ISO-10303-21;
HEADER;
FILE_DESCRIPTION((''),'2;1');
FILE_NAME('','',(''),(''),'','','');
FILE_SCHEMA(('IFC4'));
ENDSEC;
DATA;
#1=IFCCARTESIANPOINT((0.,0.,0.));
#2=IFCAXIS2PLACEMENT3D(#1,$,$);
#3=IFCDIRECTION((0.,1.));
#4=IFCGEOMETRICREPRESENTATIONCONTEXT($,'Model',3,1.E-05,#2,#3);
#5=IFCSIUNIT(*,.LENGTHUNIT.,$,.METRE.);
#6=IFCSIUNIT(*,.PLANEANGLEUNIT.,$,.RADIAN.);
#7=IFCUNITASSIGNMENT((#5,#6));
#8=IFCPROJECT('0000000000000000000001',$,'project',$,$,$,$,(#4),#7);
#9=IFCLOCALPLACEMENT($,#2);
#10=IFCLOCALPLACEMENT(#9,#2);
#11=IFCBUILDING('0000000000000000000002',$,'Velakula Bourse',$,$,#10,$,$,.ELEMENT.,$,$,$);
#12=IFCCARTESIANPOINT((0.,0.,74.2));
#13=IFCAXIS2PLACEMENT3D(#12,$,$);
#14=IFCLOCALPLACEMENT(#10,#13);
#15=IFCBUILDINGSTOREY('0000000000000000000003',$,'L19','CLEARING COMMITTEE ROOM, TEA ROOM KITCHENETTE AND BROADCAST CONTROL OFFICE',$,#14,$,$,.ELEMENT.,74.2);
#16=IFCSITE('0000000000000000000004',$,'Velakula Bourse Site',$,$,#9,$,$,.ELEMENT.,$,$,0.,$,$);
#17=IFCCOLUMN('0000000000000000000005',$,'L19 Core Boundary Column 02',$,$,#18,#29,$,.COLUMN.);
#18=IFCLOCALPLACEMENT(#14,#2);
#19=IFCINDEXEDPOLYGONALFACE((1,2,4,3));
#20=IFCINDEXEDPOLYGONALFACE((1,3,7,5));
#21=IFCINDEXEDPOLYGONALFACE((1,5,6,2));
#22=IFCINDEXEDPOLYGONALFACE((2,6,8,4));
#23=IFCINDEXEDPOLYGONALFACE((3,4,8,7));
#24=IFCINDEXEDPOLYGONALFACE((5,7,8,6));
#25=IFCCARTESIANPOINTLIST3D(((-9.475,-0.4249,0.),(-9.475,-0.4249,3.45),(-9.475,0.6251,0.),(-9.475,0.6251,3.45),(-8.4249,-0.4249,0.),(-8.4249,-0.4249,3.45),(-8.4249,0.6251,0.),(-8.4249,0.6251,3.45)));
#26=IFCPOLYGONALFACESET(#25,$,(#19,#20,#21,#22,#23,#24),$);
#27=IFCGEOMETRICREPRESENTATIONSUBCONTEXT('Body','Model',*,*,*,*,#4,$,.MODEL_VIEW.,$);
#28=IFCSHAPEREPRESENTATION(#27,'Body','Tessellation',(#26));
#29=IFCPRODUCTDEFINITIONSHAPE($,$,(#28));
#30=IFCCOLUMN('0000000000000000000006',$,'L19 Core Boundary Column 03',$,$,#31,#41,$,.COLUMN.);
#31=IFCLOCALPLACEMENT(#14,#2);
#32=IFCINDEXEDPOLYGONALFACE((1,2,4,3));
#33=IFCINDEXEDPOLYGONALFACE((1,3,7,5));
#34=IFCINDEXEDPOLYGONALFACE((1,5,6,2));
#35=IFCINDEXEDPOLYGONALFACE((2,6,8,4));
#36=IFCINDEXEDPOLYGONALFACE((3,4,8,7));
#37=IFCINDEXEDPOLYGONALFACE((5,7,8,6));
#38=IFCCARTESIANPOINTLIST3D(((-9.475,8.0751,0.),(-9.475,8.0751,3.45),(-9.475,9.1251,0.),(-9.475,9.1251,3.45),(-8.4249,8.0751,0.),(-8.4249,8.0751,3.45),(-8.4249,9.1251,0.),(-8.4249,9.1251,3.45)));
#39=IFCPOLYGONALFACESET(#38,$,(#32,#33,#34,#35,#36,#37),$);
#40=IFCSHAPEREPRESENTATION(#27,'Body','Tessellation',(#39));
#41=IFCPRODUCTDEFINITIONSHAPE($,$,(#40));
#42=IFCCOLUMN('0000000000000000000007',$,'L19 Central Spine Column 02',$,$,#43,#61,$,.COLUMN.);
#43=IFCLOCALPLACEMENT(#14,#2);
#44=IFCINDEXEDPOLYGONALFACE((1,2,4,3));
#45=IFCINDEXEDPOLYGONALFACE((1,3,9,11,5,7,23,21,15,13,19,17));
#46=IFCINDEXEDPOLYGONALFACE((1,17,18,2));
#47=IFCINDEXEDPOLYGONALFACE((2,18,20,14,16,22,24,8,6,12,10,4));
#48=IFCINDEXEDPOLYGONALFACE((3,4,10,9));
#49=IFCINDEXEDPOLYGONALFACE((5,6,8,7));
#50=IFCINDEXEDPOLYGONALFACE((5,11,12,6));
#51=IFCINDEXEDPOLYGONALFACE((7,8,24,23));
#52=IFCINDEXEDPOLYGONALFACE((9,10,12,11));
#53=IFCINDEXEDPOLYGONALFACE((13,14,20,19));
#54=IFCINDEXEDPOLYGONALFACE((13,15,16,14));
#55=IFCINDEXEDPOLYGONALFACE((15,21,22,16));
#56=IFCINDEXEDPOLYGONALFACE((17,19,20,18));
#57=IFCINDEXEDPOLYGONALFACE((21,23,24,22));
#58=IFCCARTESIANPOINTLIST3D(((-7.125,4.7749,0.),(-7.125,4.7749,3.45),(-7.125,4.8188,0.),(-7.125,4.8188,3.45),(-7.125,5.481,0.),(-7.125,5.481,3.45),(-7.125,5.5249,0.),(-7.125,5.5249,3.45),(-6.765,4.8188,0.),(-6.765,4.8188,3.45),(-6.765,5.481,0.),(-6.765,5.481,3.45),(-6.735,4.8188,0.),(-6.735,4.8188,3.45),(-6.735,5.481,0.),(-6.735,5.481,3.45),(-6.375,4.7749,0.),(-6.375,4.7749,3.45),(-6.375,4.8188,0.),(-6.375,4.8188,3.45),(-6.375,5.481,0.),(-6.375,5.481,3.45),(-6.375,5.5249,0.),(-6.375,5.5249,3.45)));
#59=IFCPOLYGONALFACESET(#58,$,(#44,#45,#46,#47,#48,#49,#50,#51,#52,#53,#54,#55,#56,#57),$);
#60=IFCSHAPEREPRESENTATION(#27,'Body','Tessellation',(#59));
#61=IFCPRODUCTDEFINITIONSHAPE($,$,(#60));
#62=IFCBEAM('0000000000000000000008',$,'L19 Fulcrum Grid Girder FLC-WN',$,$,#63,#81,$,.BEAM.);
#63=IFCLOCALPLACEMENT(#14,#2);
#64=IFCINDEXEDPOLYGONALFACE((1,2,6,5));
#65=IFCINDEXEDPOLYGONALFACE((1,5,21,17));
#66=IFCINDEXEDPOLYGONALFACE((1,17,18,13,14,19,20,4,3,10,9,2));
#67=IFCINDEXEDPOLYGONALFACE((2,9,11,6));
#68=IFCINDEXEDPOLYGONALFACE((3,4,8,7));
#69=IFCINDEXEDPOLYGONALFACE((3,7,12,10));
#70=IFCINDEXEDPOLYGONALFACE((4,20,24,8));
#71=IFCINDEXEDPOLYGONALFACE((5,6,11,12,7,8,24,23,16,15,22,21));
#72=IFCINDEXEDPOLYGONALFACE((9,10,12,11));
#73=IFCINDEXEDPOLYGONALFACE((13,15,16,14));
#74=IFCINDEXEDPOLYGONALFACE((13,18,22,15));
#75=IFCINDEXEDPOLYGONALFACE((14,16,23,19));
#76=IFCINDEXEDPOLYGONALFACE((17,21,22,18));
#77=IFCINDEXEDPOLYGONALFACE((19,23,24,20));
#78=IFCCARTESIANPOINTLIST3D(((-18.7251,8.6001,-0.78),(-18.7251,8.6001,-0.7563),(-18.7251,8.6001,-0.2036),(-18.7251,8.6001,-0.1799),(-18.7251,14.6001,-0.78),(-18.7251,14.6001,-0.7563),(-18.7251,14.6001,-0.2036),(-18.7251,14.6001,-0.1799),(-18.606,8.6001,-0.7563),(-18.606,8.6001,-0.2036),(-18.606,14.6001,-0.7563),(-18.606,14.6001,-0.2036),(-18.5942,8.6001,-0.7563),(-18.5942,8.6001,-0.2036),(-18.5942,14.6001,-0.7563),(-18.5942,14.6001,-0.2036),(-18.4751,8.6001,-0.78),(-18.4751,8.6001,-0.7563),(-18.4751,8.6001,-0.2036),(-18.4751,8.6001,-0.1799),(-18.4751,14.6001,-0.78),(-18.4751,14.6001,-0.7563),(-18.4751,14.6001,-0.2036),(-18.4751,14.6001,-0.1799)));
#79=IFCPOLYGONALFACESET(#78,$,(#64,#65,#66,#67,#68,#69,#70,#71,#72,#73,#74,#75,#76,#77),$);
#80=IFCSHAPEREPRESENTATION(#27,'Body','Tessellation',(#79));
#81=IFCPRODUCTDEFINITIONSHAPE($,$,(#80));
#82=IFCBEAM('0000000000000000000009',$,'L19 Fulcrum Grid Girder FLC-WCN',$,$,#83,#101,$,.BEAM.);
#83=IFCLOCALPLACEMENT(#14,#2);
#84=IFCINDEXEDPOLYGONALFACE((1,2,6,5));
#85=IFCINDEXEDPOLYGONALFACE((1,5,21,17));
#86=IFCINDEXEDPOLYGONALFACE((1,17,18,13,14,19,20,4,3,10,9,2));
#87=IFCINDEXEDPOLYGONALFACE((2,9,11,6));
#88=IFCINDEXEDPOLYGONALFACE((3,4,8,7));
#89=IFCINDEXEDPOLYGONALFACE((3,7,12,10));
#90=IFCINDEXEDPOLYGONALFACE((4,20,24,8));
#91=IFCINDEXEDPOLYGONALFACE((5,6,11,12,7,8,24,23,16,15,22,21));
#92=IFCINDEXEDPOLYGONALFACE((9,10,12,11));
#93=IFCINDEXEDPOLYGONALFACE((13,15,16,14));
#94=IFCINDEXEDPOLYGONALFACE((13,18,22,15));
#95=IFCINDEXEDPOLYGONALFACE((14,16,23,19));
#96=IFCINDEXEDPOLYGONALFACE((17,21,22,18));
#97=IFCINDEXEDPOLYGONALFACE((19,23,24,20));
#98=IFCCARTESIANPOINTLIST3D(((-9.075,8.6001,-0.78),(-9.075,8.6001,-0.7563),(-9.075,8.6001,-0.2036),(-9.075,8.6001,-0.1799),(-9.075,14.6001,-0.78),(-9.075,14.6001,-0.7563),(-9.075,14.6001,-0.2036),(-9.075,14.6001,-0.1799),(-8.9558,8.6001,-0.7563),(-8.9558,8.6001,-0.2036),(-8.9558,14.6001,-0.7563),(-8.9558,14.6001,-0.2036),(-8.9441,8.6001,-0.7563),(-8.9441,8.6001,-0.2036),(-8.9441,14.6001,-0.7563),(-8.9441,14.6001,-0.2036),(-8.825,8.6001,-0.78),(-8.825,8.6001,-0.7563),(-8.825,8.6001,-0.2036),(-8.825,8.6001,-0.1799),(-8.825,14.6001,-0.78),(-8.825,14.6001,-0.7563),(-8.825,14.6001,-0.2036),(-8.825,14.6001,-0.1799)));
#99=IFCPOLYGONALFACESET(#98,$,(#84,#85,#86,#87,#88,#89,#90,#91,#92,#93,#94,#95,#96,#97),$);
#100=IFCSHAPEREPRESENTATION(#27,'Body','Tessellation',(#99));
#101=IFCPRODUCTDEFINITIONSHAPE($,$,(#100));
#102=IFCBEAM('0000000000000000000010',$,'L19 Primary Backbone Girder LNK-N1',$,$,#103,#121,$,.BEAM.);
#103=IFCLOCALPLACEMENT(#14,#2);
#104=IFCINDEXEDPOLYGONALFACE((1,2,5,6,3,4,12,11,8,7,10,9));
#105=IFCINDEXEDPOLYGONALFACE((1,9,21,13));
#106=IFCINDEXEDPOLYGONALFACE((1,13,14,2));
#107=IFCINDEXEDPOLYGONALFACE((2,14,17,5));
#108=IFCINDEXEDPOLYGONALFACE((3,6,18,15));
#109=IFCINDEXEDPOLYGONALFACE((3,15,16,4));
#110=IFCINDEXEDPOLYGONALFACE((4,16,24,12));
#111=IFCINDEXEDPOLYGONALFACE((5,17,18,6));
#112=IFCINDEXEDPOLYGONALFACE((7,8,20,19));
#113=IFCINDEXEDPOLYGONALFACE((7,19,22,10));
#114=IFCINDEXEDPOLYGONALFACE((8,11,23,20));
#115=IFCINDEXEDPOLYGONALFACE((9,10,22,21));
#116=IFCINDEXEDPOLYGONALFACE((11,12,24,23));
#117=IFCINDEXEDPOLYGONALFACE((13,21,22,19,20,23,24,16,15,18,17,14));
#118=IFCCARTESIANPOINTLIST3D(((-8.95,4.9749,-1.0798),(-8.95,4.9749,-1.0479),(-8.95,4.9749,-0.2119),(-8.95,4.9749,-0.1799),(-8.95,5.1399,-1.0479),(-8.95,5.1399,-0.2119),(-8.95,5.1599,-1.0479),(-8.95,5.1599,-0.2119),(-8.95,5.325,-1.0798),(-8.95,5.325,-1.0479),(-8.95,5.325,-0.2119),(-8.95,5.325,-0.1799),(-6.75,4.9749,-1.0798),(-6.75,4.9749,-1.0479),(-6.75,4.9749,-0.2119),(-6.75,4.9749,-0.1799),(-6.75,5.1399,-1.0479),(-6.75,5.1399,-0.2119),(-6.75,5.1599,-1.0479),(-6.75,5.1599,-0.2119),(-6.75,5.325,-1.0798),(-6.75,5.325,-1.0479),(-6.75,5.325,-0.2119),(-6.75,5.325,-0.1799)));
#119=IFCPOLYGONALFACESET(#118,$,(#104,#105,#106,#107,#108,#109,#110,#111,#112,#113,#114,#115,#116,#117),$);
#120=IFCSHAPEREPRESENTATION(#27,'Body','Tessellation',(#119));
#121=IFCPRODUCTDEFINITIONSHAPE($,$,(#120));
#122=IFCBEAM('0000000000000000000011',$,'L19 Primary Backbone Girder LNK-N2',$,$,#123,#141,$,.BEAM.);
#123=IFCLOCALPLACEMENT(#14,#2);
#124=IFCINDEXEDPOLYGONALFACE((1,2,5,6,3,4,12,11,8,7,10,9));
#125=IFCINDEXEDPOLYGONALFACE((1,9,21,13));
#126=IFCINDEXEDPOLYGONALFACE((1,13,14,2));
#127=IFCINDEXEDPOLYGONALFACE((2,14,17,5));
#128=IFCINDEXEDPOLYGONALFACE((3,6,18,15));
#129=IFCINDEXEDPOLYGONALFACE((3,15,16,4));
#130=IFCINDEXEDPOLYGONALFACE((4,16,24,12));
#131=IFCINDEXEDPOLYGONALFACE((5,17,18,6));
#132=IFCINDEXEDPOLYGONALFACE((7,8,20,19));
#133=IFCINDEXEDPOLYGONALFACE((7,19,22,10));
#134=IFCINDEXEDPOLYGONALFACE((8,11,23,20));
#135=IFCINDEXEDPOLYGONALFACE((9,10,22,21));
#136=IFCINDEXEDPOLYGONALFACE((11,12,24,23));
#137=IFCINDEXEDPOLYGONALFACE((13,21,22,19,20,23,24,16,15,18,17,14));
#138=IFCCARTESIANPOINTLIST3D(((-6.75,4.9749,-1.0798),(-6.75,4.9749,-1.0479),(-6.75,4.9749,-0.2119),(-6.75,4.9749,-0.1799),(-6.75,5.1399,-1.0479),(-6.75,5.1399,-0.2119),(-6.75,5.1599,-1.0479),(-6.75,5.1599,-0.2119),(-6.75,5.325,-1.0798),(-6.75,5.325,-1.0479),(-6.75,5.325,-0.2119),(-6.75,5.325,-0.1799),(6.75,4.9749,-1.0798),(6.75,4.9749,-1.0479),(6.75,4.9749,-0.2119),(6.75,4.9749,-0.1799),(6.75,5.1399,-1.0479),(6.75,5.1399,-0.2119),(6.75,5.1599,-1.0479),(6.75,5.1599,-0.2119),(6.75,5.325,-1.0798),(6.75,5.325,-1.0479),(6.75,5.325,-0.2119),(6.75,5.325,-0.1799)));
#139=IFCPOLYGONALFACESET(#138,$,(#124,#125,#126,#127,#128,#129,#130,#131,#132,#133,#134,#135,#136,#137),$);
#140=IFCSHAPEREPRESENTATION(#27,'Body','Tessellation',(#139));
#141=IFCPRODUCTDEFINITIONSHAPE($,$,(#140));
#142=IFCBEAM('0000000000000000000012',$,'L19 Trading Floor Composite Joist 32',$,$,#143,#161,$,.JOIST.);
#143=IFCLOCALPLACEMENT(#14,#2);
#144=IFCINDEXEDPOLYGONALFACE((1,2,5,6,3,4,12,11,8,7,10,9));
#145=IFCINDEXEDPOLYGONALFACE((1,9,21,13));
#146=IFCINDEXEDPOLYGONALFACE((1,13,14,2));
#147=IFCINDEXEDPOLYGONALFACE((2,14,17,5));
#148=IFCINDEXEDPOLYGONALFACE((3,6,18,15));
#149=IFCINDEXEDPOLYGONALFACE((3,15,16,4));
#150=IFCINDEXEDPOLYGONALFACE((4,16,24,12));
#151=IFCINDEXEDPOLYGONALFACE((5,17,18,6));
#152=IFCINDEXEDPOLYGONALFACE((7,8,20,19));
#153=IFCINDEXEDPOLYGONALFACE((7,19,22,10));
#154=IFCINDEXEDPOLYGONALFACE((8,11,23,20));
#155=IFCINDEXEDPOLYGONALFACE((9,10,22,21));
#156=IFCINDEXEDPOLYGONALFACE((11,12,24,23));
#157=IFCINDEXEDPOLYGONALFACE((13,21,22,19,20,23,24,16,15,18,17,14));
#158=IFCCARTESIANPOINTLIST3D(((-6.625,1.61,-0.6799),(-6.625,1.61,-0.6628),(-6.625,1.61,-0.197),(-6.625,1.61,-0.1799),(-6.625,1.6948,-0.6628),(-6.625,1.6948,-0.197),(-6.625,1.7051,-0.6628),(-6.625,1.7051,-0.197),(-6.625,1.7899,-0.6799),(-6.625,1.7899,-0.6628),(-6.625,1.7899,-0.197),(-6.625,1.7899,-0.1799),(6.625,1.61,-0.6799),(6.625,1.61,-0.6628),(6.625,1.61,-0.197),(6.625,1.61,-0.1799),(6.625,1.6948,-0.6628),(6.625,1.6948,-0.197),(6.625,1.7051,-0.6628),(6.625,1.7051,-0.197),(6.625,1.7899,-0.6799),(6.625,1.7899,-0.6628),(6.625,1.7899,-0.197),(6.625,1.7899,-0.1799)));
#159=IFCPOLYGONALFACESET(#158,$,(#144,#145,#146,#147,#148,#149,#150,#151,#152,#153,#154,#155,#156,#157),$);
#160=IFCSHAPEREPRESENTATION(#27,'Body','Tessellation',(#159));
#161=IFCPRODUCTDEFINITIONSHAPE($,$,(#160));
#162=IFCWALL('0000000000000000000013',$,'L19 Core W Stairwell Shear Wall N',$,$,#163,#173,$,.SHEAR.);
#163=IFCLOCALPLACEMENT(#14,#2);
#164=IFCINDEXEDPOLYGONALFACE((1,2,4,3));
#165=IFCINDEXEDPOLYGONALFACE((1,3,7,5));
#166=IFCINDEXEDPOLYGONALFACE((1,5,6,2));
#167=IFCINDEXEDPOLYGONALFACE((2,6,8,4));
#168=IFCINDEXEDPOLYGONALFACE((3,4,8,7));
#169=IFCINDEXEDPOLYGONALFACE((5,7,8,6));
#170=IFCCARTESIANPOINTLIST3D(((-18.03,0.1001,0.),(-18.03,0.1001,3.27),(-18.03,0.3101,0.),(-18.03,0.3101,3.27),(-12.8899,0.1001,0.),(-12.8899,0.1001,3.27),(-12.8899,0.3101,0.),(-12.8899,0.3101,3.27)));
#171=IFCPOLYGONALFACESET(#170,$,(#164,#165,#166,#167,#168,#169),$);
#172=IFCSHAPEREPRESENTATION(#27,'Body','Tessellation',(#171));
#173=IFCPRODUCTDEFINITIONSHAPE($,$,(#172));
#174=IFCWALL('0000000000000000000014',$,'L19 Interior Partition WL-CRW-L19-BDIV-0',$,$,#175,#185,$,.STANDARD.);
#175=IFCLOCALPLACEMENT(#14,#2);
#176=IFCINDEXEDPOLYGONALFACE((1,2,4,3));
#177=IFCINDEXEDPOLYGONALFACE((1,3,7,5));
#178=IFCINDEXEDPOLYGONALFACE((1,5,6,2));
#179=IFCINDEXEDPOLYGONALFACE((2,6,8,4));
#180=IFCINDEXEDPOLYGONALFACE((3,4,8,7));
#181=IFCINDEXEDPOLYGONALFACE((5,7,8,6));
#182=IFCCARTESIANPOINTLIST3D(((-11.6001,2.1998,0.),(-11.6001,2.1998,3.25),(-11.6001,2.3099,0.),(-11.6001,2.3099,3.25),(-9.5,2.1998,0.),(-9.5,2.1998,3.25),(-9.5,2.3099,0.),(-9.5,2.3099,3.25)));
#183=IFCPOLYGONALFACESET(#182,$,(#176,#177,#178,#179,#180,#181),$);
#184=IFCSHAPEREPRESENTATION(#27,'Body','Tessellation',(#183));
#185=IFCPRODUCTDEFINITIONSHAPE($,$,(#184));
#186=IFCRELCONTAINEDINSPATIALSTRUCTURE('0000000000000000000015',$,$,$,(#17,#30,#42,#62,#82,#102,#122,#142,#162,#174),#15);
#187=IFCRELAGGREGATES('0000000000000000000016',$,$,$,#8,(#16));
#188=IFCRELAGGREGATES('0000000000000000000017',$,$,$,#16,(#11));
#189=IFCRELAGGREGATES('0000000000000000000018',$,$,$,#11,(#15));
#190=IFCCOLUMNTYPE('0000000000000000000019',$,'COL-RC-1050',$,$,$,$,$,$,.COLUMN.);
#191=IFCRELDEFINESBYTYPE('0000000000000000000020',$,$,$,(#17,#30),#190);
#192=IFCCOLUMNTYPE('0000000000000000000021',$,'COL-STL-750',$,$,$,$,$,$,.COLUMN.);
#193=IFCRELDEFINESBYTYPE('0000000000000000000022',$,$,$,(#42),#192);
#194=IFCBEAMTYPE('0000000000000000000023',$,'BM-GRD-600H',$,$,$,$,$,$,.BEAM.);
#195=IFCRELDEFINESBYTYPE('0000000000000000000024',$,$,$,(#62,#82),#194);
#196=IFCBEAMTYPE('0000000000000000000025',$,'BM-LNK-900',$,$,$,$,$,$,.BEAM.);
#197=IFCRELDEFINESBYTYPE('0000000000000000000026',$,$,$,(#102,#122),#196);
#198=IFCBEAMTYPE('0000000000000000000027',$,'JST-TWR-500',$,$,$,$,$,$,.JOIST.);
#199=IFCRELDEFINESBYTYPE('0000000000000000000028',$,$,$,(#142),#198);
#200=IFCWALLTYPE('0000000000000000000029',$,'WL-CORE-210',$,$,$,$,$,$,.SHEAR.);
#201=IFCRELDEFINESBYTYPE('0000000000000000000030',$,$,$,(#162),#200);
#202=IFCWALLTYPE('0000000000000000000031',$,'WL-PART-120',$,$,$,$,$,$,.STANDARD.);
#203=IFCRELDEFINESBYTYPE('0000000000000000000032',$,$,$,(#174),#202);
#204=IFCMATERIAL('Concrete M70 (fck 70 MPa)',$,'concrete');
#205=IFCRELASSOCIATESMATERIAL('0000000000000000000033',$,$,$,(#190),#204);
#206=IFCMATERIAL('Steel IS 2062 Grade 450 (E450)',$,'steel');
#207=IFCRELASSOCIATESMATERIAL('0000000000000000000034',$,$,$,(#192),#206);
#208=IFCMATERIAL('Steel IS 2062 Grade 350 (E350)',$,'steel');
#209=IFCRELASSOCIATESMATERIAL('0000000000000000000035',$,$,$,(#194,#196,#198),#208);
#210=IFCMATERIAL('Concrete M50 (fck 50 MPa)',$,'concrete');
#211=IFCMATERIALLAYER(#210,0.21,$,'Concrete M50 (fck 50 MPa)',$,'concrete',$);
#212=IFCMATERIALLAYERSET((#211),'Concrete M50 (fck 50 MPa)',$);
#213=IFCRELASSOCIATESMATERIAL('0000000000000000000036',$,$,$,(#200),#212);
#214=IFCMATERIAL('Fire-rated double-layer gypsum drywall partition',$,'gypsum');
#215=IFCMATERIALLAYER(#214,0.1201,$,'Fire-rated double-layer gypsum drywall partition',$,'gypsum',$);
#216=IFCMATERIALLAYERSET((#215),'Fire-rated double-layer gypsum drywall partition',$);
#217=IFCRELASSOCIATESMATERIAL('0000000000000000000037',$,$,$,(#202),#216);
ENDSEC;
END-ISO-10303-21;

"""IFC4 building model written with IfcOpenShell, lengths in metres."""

from ifc_helpers import new_model, si_unit, direction, frame, frame_2d, origin, origin_2d, place, context, subcontext, project, spatial, rectangle, i_section, extrude, material, layer, layer_set, material_profile, profile_set, type_object, element, save


model = new_model("IFC4")

# Units and contexts
model_context = context("Model", 3, precision=1e-05, world=origin(), true_north=direction((0.0, 1.0)))
body_context = subcontext(model_context, "Body", "Model", "MODEL_VIEW")
ifc_project = project(units=[si_unit("LENGTHUNIT", "METRE"), si_unit("PLANEANGLEUNIT", "RADIAN")], contexts=[model_context])

# Site, building, storey
site_placement = place(None, origin())
site = spatial("IfcSite", under=ifc_project, at=site_placement, Name="Velakula Bourse Site", CompositionType="ELEMENT", RefElevation=0.0)
building_placement = place(site_placement, origin())
building = spatial("IfcBuilding", under=site, at=building_placement, Name="Velakula Bourse", CompositionType="ELEMENT")
storey_placement = place(building_placement, frame((0.0, 0.0, 74.2)))
storey = spatial("IfcBuildingStorey", under=building, at=storey_placement, Name="L19", Description="CLEARING COMMITTEE ROOM, TEA ROOM KITCHENETTE AND BROADCAST CONTROL OFFICE", CompositionType="ELEMENT", Elevation=74.2)

# Columns
ifc_material_1 = material(Name="Concrete M70 (fck 70 MPa)", Category="concrete")
ifc_material_profile_1 = material_profile(ifc_material_1, rectangle(XDim=1.05, YDim=1.05, at=origin_2d()), Name="Concrete M70 (fck 70 MPa)")
ifc_profile_set_1 = profile_set([ifc_material_profile_1], Name="Concrete M70 (fck 70 MPa)")
column_type_1 = type_object("IfcColumnType", Name="COL-RC-1050", PredefinedType="COLUMN", material=ifc_profile_set_1)
for number, where, z_axis, x_axis, name in (
    (1, (-8.95, 0.1001, 0.0), (0.0, 0.0, 1.0), (1.0, 0.0, 0.0), "L19 Core Boundary Column 02"),
    (2, (-8.95, 8.6001, 0.0), (0.0, 0.0, 1.0), (1.0, 0.0, 0.0), "L19 Core Boundary Column 03"),
):
    element("IfcColumn", number, at=place(storey_placement, frame(where, z_axis=z_axis, x_axis=x_axis)), inside=storey, type_object=column_type_1, Name=name, PredefinedType="COLUMN", context=body_context, shape_type="SweptSolid", body=[
        extrude(rectangle(XDim=1.05, YDim=1.05, at=origin_2d()), origin(), (0.0, 0.0, 1.0), 3.45),
    ])
ifc_material_2 = material(Name="Steel IS 2062 Grade 450 (E450)", Category="steel")
ifc_material_profile_2 = material_profile(ifc_material_2, i_section(OverallWidth=0.75, OverallDepth=0.75, WebThickness=0.03, FlangeThickness=0.0439, at=origin_2d()), Name="Steel IS 2062 Grade 450 (E450)")
ifc_profile_set_2 = profile_set([ifc_material_profile_2], Name="Steel IS 2062 Grade 450 (E450)")
column_type_2 = type_object("IfcColumnType", Name="COL-STL-750", PredefinedType="COLUMN", material=ifc_profile_set_2)
column_placement = place(storey_placement, frame((-6.75, 5.1499, 0.0), z_axis=(0.0, 0.0, 1.0), x_axis=(1.0, 0.0, 0.0)))
element("IfcColumn", 3, at=column_placement, inside=storey, type_object=column_type_2, Name="L19 Central Spine Column 02", PredefinedType="COLUMN", context=body_context, shape_type="SweptSolid", body=[
    extrude(i_section(OverallWidth=0.75, OverallDepth=0.75, WebThickness=0.03, FlangeThickness=0.0439, at=origin_2d()), origin(), (0.0, 0.0, 1.0), 3.45),
])

# Beams
ifc_material_3 = material(Name="Steel IS 2062 Grade 350 (E350)", Category="steel")
ifc_material_profile_3 = material_profile(ifc_material_3, i_section(OverallWidth=0.25, OverallDepth=0.6001, WebThickness=0.0117, FlangeThickness=0.0237, at=origin_2d()), Name="Steel IS 2062 Grade 350 (E350)")
ifc_profile_set_3 = profile_set([ifc_material_profile_3], Name="Steel IS 2062 Grade 350 (E350)")
beam_type_1 = type_object("IfcBeamType", Name="BM-GRD-600H", PredefinedType="BEAM", material=ifc_profile_set_3)
for number, where, z_axis, x_axis, name in (
    (4, (-18.6001, 8.6001, -0.48), (0.0, 1.0, 0.0), (-1.0, 0.0, 0.0), "L19 Fulcrum Grid Girder FLC-WN"),
    (5, (-8.95, 8.6001, -0.48), (0.0, 1.0, 0.0), (-1.0, 0.0, 0.0), "L19 Fulcrum Grid Girder FLC-WCN"),
):
    element("IfcBeam", number, at=place(storey_placement, frame(where, z_axis=z_axis, x_axis=x_axis)), inside=storey, type_object=beam_type_1, Name=name, PredefinedType="BEAM", context=body_context, shape_type="SweptSolid", body=[
        extrude(i_section(OverallWidth=0.25, OverallDepth=0.6001, WebThickness=0.0117, FlangeThickness=0.0237, at=origin_2d()), origin(), (0.0, 0.0, 1.0), 6.0),
    ])
ifc_material_profile_4 = material_profile(ifc_material_3, i_section(OverallWidth=0.3501, OverallDepth=0.8999, WebThickness=0.02, FlangeThickness=0.032, at=origin_2d()), Name="Steel IS 2062 Grade 350 (E350)")
ifc_profile_set_4 = profile_set([ifc_material_profile_4], Name="Steel IS 2062 Grade 350 (E350)")
beam_type_2 = type_object("IfcBeamType", Name="BM-LNK-900", PredefinedType="BEAM", material=ifc_profile_set_4)
beam_1_placement = place(storey_placement, frame((-8.95, 5.1499, -0.6299), z_axis=(1.0, 0.0, 0.0), x_axis=(0.0, 1.0, 0.0)))
element("IfcBeam", 6, at=beam_1_placement, inside=storey, type_object=beam_type_2, Name="L19 Primary Backbone Girder LNK-N1", PredefinedType="BEAM", context=body_context, shape_type="SweptSolid", body=[
    extrude(i_section(OverallWidth=0.3501, OverallDepth=0.8999, WebThickness=0.02, FlangeThickness=0.032, at=origin_2d()), origin(), (0.0, 0.0, 1.0), 2.2),
])
beam_2_placement = place(storey_placement, frame((-6.75, 5.1499, -0.6299), z_axis=(1.0, 0.0, 0.0), x_axis=(0.0, 1.0, 0.0)))
element("IfcBeam", 7, at=beam_2_placement, inside=storey, type_object=beam_type_2, Name="L19 Primary Backbone Girder LNK-N2", PredefinedType="BEAM", context=body_context, shape_type="SweptSolid", body=[
    extrude(i_section(OverallWidth=0.3501, OverallDepth=0.8999, WebThickness=0.02, FlangeThickness=0.032, at=origin_2d()), origin(), (0.0, 0.0, 1.0), 13.5),
])
ifc_material_profile_5 = material_profile(ifc_material_3, i_section(OverallWidth=0.1799, OverallDepth=0.5, WebThickness=0.0103, FlangeThickness=0.0171, at=origin_2d()), Name="Steel IS 2062 Grade 350 (E350)")
ifc_profile_set_5 = profile_set([ifc_material_profile_5], Name="Steel IS 2062 Grade 350 (E350)")
beam_type_3 = type_object("IfcBeamType", Name="JST-TWR-500", PredefinedType="JOIST", material=ifc_profile_set_5)
beam_3_placement = place(storey_placement, frame((-6.625, 1.7, -0.4299), z_axis=(1.0, 0.0, 0.0), x_axis=(0.0, 1.0, 0.0)))
element("IfcBeam", 8, at=beam_3_placement, inside=storey, type_object=beam_type_3, Name="L19 Trading Floor Composite Joist 32", PredefinedType="JOIST", context=body_context, shape_type="SweptSolid", body=[
    extrude(i_section(OverallWidth=0.1799, OverallDepth=0.5, WebThickness=0.0103, FlangeThickness=0.0171, at=origin_2d()), origin(), (0.0, 0.0, 1.0), 13.25),
])

# Walls
ifc_material_4 = material(Name="Concrete M50 (fck 50 MPa)", Category="concrete")
ifc_layer_1 = layer(ifc_material_4, 0.21, Name="Concrete M50 (fck 50 MPa)", Category="concrete")
ifc_layer_set_1 = layer_set([ifc_layer_1], Name="Concrete M50 (fck 50 MPa)")
wall_type_1 = type_object("IfcWallType", Name="WL-CORE-210", PredefinedType="SHEAR", material=ifc_layer_set_1)
wall_1_placement = place(storey_placement, frame((-12.8899, 0.2051, 0.0), z_axis=(0.0, 0.0, 1.0), x_axis=(-1.0, 0.0, 0.0)))
element("IfcWall", 9, at=wall_1_placement, inside=storey, type_object=wall_type_1, Name="L19 Core W Stairwell Shear Wall N", PredefinedType="SHEAR", context=body_context, shape_type="SweptSolid", body=[
    extrude(rectangle(XDim=5.1401, YDim=0.21, at=frame_2d((2.5701, 0.0))), origin(), (0.0, 0.0, 1.0), 3.27),
])
ifc_material_5 = material(Name="Fire-rated double-layer gypsum drywall partition", Category="gypsum")
ifc_layer_2 = layer(ifc_material_5, 0.1201, Name="Fire-rated double-layer gypsum drywall partition", Category="gypsum")
ifc_layer_set_2 = layer_set([ifc_layer_2], Name="Fire-rated double-layer gypsum drywall partition")
wall_type_2 = type_object("IfcWallType", Name="WL-PART-120", PredefinedType="STANDARD", material=ifc_layer_set_2)
for number, where, z_axis, x_axis, name in (
    (10, (-11.6001, 2.2549, 0.0), (0.0, 0.0, 1.0), (1.0, 0.0, 0.0), "L19 Interior Partition WL-CRW-L19-BDIV-0"),
):
    element("IfcWall", number, at=place(storey_placement, frame(where, z_axis=z_axis, x_axis=x_axis)), inside=storey, type_object=wall_type_2, Name=name, PredefinedType="STANDARD", context=body_context, shape_type="SweptSolid", body=[
        extrude(rectangle(XDim=2.1001, YDim=0.1101, at=frame_2d((1.05, 0.0))), origin(), (0.0, 0.0, 1.0), 3.25),
    ])

save(model, "model.ifc")
